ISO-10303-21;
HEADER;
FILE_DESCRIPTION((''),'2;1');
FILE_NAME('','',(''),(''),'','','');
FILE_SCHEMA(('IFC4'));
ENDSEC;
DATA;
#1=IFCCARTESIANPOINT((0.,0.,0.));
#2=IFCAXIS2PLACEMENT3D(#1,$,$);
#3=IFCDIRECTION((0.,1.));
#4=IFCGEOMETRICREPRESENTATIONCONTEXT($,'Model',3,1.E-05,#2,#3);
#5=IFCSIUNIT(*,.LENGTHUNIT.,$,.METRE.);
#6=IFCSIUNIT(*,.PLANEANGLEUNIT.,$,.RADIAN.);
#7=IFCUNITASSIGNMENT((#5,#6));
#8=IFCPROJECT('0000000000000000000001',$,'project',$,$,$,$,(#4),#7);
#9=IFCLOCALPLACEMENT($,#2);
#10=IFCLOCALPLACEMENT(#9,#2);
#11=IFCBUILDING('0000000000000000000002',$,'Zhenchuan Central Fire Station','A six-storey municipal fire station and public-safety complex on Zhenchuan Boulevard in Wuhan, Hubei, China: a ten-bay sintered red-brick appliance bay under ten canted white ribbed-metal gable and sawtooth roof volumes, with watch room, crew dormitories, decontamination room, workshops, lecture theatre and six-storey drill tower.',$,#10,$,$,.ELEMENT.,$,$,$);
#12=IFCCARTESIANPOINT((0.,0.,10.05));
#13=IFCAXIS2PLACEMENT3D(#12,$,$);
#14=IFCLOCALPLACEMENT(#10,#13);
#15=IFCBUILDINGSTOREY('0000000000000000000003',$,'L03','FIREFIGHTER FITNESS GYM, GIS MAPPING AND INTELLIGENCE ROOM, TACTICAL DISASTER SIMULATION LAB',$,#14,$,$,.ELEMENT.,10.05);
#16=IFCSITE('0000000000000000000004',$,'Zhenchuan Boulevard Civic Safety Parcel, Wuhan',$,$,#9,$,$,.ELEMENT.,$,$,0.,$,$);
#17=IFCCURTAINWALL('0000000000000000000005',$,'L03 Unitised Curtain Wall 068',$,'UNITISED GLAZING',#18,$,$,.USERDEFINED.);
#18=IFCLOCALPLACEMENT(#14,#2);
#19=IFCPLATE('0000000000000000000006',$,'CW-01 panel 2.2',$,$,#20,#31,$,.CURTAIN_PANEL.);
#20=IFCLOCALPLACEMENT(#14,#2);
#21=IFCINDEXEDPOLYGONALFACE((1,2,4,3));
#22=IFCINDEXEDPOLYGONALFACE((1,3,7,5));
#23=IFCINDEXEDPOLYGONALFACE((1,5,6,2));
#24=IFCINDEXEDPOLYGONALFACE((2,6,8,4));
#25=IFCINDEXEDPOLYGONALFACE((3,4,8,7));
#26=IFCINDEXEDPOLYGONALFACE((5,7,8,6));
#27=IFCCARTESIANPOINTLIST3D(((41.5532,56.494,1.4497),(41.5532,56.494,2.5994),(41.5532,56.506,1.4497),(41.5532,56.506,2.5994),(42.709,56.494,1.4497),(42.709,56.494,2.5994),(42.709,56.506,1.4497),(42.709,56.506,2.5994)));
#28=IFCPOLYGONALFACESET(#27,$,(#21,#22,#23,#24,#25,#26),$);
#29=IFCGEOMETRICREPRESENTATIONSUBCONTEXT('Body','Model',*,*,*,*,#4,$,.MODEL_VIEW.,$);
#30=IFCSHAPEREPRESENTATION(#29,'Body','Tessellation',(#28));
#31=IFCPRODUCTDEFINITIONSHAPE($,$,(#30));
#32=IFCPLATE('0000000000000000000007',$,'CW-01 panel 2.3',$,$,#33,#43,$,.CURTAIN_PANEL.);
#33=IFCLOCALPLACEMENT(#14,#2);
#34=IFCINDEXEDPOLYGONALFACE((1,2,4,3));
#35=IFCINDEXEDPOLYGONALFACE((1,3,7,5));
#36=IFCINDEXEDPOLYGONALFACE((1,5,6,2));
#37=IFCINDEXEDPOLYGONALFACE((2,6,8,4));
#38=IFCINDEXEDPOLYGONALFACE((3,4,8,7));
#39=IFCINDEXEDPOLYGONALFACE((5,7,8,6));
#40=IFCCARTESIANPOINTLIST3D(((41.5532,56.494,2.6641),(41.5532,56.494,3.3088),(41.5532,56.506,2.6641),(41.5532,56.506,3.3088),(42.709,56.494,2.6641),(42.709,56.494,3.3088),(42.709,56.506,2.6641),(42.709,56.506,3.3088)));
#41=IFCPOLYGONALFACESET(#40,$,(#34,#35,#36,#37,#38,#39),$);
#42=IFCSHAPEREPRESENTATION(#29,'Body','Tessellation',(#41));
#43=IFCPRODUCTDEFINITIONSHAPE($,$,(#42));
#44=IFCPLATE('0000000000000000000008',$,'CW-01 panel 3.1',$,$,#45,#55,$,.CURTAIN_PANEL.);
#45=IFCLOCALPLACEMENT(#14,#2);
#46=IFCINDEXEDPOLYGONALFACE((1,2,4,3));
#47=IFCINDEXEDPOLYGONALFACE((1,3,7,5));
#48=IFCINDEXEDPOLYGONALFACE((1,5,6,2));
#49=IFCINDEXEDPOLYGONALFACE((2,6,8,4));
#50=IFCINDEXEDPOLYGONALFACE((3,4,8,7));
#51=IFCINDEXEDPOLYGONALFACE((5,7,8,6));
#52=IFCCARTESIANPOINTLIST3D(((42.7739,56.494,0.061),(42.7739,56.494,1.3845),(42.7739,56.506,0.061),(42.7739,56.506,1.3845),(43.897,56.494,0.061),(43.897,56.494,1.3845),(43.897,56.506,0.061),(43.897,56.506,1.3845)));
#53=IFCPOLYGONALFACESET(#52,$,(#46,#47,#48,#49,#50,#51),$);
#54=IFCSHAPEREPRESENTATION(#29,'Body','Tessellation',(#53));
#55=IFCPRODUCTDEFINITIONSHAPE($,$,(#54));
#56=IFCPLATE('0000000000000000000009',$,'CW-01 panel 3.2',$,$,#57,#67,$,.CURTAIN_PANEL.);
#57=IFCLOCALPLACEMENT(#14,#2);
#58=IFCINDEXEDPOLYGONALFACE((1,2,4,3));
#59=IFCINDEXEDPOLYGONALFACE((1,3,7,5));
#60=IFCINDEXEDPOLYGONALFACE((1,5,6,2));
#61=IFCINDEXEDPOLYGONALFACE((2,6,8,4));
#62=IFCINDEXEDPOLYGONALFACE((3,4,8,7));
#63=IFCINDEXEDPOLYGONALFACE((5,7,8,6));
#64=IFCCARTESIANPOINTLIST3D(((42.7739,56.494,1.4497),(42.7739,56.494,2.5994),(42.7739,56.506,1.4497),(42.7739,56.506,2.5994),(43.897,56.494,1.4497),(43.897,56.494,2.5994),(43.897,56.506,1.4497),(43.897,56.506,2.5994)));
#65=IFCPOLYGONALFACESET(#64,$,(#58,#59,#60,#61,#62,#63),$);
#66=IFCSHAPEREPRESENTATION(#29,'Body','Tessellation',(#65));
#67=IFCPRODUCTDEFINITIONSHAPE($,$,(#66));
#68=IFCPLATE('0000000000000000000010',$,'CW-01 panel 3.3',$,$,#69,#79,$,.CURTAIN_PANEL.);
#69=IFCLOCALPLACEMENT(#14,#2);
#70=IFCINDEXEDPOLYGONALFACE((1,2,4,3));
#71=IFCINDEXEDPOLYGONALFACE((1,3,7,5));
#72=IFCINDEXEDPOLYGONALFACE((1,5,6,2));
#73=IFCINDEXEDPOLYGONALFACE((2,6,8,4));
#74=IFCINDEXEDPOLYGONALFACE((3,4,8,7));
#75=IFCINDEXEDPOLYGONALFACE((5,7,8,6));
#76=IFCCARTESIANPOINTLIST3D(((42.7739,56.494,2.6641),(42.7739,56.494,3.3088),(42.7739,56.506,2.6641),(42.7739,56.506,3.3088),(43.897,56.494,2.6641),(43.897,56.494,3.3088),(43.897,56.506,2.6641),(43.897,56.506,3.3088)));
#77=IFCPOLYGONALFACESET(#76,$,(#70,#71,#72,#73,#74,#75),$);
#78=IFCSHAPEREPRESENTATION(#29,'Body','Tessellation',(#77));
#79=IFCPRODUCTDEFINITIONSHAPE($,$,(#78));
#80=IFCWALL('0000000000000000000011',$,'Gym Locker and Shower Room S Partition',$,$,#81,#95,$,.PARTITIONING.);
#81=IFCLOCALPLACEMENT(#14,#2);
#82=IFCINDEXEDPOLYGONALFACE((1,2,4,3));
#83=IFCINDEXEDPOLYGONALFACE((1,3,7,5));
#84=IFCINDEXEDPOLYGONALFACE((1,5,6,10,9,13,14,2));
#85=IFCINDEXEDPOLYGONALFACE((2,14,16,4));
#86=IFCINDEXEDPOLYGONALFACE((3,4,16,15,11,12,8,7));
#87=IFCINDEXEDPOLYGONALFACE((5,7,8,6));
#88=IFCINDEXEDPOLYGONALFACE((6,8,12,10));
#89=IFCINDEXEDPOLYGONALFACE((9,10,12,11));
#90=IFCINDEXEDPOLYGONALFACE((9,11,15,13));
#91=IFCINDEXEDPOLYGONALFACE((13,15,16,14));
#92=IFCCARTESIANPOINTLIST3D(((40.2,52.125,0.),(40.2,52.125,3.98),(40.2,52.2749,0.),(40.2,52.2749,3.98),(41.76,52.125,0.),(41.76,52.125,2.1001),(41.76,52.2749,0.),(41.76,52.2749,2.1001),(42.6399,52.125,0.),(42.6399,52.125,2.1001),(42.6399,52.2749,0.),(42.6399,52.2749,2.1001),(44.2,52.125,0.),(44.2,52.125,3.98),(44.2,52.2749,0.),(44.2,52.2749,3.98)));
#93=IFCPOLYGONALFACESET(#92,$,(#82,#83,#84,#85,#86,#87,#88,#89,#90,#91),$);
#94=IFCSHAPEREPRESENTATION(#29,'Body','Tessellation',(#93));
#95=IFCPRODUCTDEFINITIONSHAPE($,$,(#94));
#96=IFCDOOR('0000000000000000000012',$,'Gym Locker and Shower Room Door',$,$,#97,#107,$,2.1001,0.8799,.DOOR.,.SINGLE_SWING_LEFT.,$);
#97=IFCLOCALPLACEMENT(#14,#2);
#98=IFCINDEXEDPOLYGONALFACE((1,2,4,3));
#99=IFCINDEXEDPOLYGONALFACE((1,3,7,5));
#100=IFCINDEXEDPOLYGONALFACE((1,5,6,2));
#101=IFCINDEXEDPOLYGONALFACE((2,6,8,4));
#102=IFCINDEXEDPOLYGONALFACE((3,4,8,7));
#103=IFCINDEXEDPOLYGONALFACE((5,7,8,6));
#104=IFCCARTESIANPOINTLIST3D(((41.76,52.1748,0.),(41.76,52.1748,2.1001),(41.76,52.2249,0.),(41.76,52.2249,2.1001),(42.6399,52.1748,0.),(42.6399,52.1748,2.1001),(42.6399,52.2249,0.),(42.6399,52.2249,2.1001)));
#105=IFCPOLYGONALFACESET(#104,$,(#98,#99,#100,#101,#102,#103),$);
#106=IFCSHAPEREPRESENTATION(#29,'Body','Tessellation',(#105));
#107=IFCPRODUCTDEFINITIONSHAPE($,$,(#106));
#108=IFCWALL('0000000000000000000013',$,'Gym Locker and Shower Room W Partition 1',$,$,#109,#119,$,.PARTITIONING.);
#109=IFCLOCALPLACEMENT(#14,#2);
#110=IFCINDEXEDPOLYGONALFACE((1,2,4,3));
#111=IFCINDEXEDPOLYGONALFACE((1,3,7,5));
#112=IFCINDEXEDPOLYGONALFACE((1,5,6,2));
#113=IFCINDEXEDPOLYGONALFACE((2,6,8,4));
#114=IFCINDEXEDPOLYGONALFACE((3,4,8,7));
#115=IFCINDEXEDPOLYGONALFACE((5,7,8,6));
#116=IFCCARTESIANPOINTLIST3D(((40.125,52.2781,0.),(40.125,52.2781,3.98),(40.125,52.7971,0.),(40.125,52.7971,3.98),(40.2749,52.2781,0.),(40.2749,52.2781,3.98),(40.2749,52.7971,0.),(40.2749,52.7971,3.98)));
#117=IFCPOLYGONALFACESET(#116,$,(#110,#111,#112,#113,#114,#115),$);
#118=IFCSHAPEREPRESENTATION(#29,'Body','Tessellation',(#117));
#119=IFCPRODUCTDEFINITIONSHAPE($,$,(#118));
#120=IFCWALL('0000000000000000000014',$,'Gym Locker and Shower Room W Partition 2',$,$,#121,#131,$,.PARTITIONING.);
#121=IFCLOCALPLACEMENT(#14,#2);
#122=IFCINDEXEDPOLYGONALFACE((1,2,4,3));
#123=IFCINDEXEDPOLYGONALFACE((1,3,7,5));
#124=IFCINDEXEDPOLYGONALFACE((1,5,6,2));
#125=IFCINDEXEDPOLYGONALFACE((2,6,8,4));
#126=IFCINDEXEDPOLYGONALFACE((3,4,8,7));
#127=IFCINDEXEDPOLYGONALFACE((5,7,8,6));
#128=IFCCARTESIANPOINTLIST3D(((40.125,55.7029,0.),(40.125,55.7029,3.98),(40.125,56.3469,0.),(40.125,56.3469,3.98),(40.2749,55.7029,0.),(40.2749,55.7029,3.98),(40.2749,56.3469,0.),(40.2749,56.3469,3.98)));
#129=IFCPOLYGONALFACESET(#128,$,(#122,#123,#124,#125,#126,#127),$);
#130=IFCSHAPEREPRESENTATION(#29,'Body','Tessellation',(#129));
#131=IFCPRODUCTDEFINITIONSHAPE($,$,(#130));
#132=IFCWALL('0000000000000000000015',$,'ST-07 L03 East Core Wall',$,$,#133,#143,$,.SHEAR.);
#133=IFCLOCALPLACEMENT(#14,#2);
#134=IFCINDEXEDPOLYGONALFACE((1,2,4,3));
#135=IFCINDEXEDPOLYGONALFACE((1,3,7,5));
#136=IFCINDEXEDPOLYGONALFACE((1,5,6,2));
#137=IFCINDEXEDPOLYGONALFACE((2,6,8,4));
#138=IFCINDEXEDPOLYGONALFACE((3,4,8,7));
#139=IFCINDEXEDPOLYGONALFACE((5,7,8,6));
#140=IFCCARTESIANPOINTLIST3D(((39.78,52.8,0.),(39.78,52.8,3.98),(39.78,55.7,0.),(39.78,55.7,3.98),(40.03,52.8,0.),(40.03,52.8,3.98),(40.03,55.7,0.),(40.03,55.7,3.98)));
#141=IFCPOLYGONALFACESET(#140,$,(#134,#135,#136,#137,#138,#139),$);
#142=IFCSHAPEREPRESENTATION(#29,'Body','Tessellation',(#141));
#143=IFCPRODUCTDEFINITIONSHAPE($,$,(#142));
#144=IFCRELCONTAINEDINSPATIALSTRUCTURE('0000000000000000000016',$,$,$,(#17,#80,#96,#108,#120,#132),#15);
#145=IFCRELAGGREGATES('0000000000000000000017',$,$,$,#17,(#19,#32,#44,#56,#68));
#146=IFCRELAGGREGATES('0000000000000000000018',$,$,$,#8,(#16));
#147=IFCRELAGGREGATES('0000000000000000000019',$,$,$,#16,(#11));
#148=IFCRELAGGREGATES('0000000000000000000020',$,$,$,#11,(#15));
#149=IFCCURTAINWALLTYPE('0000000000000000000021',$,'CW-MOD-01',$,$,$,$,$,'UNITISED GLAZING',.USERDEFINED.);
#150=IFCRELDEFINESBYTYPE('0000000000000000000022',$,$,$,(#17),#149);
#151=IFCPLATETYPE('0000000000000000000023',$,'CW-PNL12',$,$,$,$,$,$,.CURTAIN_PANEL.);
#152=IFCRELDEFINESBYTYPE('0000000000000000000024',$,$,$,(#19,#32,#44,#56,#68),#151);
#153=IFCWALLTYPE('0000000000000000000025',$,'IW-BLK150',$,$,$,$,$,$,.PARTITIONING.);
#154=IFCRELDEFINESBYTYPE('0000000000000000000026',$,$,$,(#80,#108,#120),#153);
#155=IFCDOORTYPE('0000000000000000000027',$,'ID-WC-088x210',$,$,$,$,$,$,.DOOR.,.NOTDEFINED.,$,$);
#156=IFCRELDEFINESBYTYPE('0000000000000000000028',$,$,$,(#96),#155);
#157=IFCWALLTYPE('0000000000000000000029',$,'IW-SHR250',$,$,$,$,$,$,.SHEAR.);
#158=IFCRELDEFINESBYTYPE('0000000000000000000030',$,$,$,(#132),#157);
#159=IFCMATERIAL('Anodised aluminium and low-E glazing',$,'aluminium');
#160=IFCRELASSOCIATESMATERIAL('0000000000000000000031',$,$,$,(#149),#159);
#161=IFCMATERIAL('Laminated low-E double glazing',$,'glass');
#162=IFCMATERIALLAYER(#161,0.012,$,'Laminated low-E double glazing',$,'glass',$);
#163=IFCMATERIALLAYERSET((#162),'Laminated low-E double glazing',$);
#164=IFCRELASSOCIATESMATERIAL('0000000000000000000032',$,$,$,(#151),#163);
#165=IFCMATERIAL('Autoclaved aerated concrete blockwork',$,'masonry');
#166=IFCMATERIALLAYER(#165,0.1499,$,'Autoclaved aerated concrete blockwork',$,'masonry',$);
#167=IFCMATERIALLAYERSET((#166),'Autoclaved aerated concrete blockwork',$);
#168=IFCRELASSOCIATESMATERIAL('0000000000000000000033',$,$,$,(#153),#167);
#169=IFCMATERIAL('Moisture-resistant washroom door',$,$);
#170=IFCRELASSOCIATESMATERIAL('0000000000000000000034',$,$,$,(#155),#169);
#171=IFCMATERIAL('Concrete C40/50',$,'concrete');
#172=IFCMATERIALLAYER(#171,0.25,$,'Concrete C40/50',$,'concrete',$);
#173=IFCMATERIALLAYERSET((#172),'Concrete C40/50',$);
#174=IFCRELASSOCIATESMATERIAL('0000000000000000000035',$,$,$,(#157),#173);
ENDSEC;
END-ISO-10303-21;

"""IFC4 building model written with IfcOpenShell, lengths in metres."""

from ifc_helpers import new_model, si_unit, direction, frame, frame_2d, origin, origin_2d, place, context, subcontext, project, spatial, rectangle, extrude, material, layer, layer_set, type_object, element, fill, aggregate, save


model = new_model("IFC4")

# Units and contexts
model_context = context("Model", 3, precision=1e-05, world=origin(), true_north=direction((0.0, 1.0)))
body_context = subcontext(model_context, "Body", "Model", "MODEL_VIEW")
ifc_project = project(units=[si_unit("LENGTHUNIT", "METRE"), si_unit("PLANEANGLEUNIT", "RADIAN")], contexts=[model_context])

# Site, building, storey
site_placement = place(None, origin())
site = spatial("IfcSite", under=ifc_project, at=site_placement, Name="Zhenchuan Boulevard Civic Safety Parcel, Wuhan", CompositionType="ELEMENT", RefElevation=0.0)
building_placement = place(site_placement, origin())
building = spatial("IfcBuilding", under=site, at=building_placement, Name="Zhenchuan Central Fire Station", Description="A six-storey municipal fire station and public-safety complex on Zhenchuan Boulevard in Wuhan, Hubei, China: a ten-bay sintered red-brick appliance bay under ten canted white ribbed-metal gable and sawtooth roof volumes, with watch room, crew dormitories, decontamination room, workshops, lecture theatre and six-storey drill tower.", CompositionType="ELEMENT")
storey_placement = place(building_placement, frame((0.0, 0.0, 10.05)))
storey = spatial("IfcBuildingStorey", under=building, at=storey_placement, Name="L03", Description="FIREFIGHTER FITNESS GYM, GIS MAPPING AND INTELLIGENCE ROOM, TACTICAL DISASTER SIMULATION LAB", CompositionType="ELEMENT", Elevation=10.05)

# Curtain wall
ifc_material_1 = material(Name="Anodised aluminium and low-E glazing", Category="aluminium")
curtain_wall_type = type_object("IfcCurtainWallType", Name="CW-MOD-01", ElementType="UNITISED GLAZING", PredefinedType="USERDEFINED", material=ifc_material_1)
curtain_wall_placement = place(storey_placement, origin())
curtain_wall = element("IfcCurtainWall", 1, at=curtain_wall_placement, inside=storey, type_object=curtain_wall_type, Name="L03 Unitised Curtain Wall 068", ObjectType="UNITISED GLAZING", PredefinedType="USERDEFINED")

# Plates
ifc_material_2 = material(Name="Laminated low-E double glazing", Category="glass")
ifc_layer_1 = layer(ifc_material_2, 0.012, Name="Laminated low-E double glazing", Category="glass")
ifc_layer_set_1 = layer_set([ifc_layer_1], Name="Laminated low-E double glazing")
plate_type = type_object("IfcPlateType", Name="CW-PNL12", PredefinedType="CURTAIN_PANEL", material=ifc_layer_set_1)
plate_1_placement = place(storey_placement, frame((42.1311, 56.5, 1.4497), z_axis=(0.0, 0.0, 1.0), x_axis=(1.0, 0.0, 0.0)))
plate_1 = element("IfcPlate", 2, at=plate_1_placement, type_object=plate_type, Name="CW-01 panel 2.2", PredefinedType="CURTAIN_PANEL", context=body_context, shape_type="SweptSolid", body=[
    extrude(rectangle(XDim=1.1558, YDim=0.012, at=origin_2d()), origin(), (0.0, 0.0, 1.0), 1.1497),
])
plate_2_placement = place(storey_placement, frame((42.1311, 56.5, 2.6641), z_axis=(0.0, 0.0, 1.0), x_axis=(1.0, 0.0, 0.0)))
plate_2 = element("IfcPlate", 3, at=plate_2_placement, type_object=plate_type, Name="CW-01 panel 2.3", PredefinedType="CURTAIN_PANEL", context=body_context, shape_type="SweptSolid", body=[
    extrude(rectangle(XDim=1.1558, YDim=0.012, at=origin_2d()), origin(), (0.0, 0.0, 1.0), 0.6448),
])
plate_3_placement = place(storey_placement, frame((43.3354, 56.5, 0.061), z_axis=(0.0, 0.0, 1.0), x_axis=(1.0, 0.0, 0.0)))
plate_3 = element("IfcPlate", 4, at=plate_3_placement, type_object=plate_type, Name="CW-01 panel 3.1", PredefinedType="CURTAIN_PANEL", context=body_context, shape_type="SweptSolid", body=[
    extrude(rectangle(XDim=1.123, YDim=0.012, at=origin_2d()), origin(), (0.0, 0.0, 1.0), 1.3235),
])
plate_4_placement = place(storey_placement, frame((43.3354, 56.5, 1.4497), z_axis=(0.0, 0.0, 1.0), x_axis=(1.0, 0.0, 0.0)))
plate_4 = element("IfcPlate", 5, at=plate_4_placement, type_object=plate_type, Name="CW-01 panel 3.2", PredefinedType="CURTAIN_PANEL", context=body_context, shape_type="SweptSolid", body=[
    extrude(rectangle(XDim=1.123, YDim=0.012, at=origin_2d()), origin(), (0.0, 0.0, 1.0), 1.1497),
])
plate_5_placement = place(storey_placement, frame((43.3354, 56.5, 2.6641), z_axis=(0.0, 0.0, 1.0), x_axis=(1.0, 0.0, 0.0)))
plate_5 = element("IfcPlate", 6, at=plate_5_placement, type_object=plate_type, Name="CW-01 panel 3.3", PredefinedType="CURTAIN_PANEL", context=body_context, shape_type="SweptSolid", body=[
    extrude(rectangle(XDim=1.123, YDim=0.012, at=origin_2d()), origin(), (0.0, 0.0, 1.0), 0.6448),
])
aggregate(curtain_wall, [plate_1, plate_2, plate_3, plate_4, plate_5])

# Wall, opening, door
ifc_material_3 = material(Name="Autoclaved aerated concrete blockwork", Category="masonry")
ifc_layer_2 = layer(ifc_material_3, 0.1499, Name="Autoclaved aerated concrete blockwork", Category="masonry")
ifc_layer_set_2 = layer_set([ifc_layer_2], Name="Autoclaved aerated concrete blockwork")
wall_type_1 = type_object("IfcWallType", Name="IW-BLK150", PredefinedType="PARTITIONING", material=ifc_layer_set_2)
wall_1_placement = place(storey_placement, frame((40.2, 52.2, 0.0), z_axis=(0.0, 0.0, 1.0), x_axis=(1.0, 0.0, 0.0)))
wall_1 = element("IfcWall", 7, at=wall_1_placement, inside=storey, type_object=wall_type_1, Name="Gym Locker and Shower Room S Partition", PredefinedType="PARTITIONING", context=body_context, shape_type="SweptSolid", body=[
    extrude(rectangle(XDim=4.0, YDim=0.1499, at=frame_2d((2.0, 0.0))), origin(), (0.0, 0.0, 1.0), 3.98),
])
opening_placement = place(wall_1_placement, frame((1.5601, 0.0, 0.0)))
opening = element("IfcOpeningElement", 8, at=opening_placement, cuts=wall_1, PredefinedType="OPENING", context=body_context, shape_type="SweptSolid", body=[
    extrude(rectangle(XDim=0.8799, YDim=2.1001, at=frame_2d((0.4399, 1.05))), frame((0.0, 0.085, 0.0), z_axis=(0.0, -1.0, 0.0), x_axis=(1.0, 0.0, 0.0)), (0.0, 0.0, 1.0), 0.1699),
])
ifc_material_4 = material(Name="Moisture-resistant washroom door")
door_type = type_object("IfcDoorType", Name="ID-WC-088x210", OperationType="NOTDEFINED", PredefinedType="DOOR", material=ifc_material_4)
door_placement = place(opening_placement, origin())
door = element("IfcDoor", 9, at=door_placement, inside=storey, type_object=door_type, Name="Gym Locker and Shower Room Door", OperationType="SINGLE_SWING_LEFT", OverallHeight=2.1001, OverallWidth=0.8799, PredefinedType="DOOR", context=body_context, shape_type="SweptSolid", body=[
    extrude(rectangle(XDim=0.8799, YDim=2.1001, at=frame_2d((0.4399, 1.05))), frame((0.0, 0.0249, 0.0), z_axis=(0.0, -1.0, 0.0), x_axis=(1.0, 0.0, 0.0)), (0.0, 0.0, 1.0), 0.05),
])
fill(opening, door)

# Walls
wall_2_placement = place(storey_placement, frame((40.2, 52.2781, 0.0), z_axis=(0.0, 0.0, 1.0), x_axis=(0.0, 1.0, 0.0)))
element("IfcWall", 10, at=wall_2_placement, inside=storey, type_object=wall_type_1, Name="Gym Locker and Shower Room W Partition 1", PredefinedType="PARTITIONING", context=body_context, shape_type="SweptSolid", body=[
    extrude(rectangle(XDim=0.519, YDim=0.1499, at=frame_2d((0.2595, 0.0))), origin(), (0.0, 0.0, 1.0), 3.98),
])
wall_3_placement = place(storey_placement, frame((40.2, 55.7029, 0.0), z_axis=(0.0, 0.0, 1.0), x_axis=(0.0, 1.0, 0.0)))
element("IfcWall", 11, at=wall_3_placement, inside=storey, type_object=wall_type_1, Name="Gym Locker and Shower Room W Partition 2", PredefinedType="PARTITIONING", context=body_context, shape_type="SweptSolid", body=[
    extrude(rectangle(XDim=0.644, YDim=0.1499, at=frame_2d((0.322, 0.0))), origin(), (0.0, 0.0, 1.0), 3.98),
])
ifc_material_5 = material(Name="Concrete C40/50", Category="concrete")
ifc_layer_3 = layer(ifc_material_5, 0.25, Name="Concrete C40/50", Category="concrete")
ifc_layer_set_3 = layer_set([ifc_layer_3], Name="Concrete C40/50")
wall_type_2 = type_object("IfcWallType", Name="IW-SHR250", PredefinedType="SHEAR", material=ifc_layer_set_3)
wall_4_placement = place(storey_placement, frame((39.905, 52.8, 0.0), z_axis=(0.0, 0.0, 1.0), x_axis=(0.0, 1.0, 0.0)))
element("IfcWall", 12, at=wall_4_placement, inside=storey, type_object=wall_type_2, Name="ST-07 L03 East Core Wall", PredefinedType="SHEAR", context=body_context, shape_type="SweptSolid", body=[
    extrude(rectangle(XDim=2.8999, YDim=0.25, at=frame_2d((1.45, 0.0))), origin(), (0.0, 0.0, 1.0), 3.98),
])

save(model, "model.ifc")
